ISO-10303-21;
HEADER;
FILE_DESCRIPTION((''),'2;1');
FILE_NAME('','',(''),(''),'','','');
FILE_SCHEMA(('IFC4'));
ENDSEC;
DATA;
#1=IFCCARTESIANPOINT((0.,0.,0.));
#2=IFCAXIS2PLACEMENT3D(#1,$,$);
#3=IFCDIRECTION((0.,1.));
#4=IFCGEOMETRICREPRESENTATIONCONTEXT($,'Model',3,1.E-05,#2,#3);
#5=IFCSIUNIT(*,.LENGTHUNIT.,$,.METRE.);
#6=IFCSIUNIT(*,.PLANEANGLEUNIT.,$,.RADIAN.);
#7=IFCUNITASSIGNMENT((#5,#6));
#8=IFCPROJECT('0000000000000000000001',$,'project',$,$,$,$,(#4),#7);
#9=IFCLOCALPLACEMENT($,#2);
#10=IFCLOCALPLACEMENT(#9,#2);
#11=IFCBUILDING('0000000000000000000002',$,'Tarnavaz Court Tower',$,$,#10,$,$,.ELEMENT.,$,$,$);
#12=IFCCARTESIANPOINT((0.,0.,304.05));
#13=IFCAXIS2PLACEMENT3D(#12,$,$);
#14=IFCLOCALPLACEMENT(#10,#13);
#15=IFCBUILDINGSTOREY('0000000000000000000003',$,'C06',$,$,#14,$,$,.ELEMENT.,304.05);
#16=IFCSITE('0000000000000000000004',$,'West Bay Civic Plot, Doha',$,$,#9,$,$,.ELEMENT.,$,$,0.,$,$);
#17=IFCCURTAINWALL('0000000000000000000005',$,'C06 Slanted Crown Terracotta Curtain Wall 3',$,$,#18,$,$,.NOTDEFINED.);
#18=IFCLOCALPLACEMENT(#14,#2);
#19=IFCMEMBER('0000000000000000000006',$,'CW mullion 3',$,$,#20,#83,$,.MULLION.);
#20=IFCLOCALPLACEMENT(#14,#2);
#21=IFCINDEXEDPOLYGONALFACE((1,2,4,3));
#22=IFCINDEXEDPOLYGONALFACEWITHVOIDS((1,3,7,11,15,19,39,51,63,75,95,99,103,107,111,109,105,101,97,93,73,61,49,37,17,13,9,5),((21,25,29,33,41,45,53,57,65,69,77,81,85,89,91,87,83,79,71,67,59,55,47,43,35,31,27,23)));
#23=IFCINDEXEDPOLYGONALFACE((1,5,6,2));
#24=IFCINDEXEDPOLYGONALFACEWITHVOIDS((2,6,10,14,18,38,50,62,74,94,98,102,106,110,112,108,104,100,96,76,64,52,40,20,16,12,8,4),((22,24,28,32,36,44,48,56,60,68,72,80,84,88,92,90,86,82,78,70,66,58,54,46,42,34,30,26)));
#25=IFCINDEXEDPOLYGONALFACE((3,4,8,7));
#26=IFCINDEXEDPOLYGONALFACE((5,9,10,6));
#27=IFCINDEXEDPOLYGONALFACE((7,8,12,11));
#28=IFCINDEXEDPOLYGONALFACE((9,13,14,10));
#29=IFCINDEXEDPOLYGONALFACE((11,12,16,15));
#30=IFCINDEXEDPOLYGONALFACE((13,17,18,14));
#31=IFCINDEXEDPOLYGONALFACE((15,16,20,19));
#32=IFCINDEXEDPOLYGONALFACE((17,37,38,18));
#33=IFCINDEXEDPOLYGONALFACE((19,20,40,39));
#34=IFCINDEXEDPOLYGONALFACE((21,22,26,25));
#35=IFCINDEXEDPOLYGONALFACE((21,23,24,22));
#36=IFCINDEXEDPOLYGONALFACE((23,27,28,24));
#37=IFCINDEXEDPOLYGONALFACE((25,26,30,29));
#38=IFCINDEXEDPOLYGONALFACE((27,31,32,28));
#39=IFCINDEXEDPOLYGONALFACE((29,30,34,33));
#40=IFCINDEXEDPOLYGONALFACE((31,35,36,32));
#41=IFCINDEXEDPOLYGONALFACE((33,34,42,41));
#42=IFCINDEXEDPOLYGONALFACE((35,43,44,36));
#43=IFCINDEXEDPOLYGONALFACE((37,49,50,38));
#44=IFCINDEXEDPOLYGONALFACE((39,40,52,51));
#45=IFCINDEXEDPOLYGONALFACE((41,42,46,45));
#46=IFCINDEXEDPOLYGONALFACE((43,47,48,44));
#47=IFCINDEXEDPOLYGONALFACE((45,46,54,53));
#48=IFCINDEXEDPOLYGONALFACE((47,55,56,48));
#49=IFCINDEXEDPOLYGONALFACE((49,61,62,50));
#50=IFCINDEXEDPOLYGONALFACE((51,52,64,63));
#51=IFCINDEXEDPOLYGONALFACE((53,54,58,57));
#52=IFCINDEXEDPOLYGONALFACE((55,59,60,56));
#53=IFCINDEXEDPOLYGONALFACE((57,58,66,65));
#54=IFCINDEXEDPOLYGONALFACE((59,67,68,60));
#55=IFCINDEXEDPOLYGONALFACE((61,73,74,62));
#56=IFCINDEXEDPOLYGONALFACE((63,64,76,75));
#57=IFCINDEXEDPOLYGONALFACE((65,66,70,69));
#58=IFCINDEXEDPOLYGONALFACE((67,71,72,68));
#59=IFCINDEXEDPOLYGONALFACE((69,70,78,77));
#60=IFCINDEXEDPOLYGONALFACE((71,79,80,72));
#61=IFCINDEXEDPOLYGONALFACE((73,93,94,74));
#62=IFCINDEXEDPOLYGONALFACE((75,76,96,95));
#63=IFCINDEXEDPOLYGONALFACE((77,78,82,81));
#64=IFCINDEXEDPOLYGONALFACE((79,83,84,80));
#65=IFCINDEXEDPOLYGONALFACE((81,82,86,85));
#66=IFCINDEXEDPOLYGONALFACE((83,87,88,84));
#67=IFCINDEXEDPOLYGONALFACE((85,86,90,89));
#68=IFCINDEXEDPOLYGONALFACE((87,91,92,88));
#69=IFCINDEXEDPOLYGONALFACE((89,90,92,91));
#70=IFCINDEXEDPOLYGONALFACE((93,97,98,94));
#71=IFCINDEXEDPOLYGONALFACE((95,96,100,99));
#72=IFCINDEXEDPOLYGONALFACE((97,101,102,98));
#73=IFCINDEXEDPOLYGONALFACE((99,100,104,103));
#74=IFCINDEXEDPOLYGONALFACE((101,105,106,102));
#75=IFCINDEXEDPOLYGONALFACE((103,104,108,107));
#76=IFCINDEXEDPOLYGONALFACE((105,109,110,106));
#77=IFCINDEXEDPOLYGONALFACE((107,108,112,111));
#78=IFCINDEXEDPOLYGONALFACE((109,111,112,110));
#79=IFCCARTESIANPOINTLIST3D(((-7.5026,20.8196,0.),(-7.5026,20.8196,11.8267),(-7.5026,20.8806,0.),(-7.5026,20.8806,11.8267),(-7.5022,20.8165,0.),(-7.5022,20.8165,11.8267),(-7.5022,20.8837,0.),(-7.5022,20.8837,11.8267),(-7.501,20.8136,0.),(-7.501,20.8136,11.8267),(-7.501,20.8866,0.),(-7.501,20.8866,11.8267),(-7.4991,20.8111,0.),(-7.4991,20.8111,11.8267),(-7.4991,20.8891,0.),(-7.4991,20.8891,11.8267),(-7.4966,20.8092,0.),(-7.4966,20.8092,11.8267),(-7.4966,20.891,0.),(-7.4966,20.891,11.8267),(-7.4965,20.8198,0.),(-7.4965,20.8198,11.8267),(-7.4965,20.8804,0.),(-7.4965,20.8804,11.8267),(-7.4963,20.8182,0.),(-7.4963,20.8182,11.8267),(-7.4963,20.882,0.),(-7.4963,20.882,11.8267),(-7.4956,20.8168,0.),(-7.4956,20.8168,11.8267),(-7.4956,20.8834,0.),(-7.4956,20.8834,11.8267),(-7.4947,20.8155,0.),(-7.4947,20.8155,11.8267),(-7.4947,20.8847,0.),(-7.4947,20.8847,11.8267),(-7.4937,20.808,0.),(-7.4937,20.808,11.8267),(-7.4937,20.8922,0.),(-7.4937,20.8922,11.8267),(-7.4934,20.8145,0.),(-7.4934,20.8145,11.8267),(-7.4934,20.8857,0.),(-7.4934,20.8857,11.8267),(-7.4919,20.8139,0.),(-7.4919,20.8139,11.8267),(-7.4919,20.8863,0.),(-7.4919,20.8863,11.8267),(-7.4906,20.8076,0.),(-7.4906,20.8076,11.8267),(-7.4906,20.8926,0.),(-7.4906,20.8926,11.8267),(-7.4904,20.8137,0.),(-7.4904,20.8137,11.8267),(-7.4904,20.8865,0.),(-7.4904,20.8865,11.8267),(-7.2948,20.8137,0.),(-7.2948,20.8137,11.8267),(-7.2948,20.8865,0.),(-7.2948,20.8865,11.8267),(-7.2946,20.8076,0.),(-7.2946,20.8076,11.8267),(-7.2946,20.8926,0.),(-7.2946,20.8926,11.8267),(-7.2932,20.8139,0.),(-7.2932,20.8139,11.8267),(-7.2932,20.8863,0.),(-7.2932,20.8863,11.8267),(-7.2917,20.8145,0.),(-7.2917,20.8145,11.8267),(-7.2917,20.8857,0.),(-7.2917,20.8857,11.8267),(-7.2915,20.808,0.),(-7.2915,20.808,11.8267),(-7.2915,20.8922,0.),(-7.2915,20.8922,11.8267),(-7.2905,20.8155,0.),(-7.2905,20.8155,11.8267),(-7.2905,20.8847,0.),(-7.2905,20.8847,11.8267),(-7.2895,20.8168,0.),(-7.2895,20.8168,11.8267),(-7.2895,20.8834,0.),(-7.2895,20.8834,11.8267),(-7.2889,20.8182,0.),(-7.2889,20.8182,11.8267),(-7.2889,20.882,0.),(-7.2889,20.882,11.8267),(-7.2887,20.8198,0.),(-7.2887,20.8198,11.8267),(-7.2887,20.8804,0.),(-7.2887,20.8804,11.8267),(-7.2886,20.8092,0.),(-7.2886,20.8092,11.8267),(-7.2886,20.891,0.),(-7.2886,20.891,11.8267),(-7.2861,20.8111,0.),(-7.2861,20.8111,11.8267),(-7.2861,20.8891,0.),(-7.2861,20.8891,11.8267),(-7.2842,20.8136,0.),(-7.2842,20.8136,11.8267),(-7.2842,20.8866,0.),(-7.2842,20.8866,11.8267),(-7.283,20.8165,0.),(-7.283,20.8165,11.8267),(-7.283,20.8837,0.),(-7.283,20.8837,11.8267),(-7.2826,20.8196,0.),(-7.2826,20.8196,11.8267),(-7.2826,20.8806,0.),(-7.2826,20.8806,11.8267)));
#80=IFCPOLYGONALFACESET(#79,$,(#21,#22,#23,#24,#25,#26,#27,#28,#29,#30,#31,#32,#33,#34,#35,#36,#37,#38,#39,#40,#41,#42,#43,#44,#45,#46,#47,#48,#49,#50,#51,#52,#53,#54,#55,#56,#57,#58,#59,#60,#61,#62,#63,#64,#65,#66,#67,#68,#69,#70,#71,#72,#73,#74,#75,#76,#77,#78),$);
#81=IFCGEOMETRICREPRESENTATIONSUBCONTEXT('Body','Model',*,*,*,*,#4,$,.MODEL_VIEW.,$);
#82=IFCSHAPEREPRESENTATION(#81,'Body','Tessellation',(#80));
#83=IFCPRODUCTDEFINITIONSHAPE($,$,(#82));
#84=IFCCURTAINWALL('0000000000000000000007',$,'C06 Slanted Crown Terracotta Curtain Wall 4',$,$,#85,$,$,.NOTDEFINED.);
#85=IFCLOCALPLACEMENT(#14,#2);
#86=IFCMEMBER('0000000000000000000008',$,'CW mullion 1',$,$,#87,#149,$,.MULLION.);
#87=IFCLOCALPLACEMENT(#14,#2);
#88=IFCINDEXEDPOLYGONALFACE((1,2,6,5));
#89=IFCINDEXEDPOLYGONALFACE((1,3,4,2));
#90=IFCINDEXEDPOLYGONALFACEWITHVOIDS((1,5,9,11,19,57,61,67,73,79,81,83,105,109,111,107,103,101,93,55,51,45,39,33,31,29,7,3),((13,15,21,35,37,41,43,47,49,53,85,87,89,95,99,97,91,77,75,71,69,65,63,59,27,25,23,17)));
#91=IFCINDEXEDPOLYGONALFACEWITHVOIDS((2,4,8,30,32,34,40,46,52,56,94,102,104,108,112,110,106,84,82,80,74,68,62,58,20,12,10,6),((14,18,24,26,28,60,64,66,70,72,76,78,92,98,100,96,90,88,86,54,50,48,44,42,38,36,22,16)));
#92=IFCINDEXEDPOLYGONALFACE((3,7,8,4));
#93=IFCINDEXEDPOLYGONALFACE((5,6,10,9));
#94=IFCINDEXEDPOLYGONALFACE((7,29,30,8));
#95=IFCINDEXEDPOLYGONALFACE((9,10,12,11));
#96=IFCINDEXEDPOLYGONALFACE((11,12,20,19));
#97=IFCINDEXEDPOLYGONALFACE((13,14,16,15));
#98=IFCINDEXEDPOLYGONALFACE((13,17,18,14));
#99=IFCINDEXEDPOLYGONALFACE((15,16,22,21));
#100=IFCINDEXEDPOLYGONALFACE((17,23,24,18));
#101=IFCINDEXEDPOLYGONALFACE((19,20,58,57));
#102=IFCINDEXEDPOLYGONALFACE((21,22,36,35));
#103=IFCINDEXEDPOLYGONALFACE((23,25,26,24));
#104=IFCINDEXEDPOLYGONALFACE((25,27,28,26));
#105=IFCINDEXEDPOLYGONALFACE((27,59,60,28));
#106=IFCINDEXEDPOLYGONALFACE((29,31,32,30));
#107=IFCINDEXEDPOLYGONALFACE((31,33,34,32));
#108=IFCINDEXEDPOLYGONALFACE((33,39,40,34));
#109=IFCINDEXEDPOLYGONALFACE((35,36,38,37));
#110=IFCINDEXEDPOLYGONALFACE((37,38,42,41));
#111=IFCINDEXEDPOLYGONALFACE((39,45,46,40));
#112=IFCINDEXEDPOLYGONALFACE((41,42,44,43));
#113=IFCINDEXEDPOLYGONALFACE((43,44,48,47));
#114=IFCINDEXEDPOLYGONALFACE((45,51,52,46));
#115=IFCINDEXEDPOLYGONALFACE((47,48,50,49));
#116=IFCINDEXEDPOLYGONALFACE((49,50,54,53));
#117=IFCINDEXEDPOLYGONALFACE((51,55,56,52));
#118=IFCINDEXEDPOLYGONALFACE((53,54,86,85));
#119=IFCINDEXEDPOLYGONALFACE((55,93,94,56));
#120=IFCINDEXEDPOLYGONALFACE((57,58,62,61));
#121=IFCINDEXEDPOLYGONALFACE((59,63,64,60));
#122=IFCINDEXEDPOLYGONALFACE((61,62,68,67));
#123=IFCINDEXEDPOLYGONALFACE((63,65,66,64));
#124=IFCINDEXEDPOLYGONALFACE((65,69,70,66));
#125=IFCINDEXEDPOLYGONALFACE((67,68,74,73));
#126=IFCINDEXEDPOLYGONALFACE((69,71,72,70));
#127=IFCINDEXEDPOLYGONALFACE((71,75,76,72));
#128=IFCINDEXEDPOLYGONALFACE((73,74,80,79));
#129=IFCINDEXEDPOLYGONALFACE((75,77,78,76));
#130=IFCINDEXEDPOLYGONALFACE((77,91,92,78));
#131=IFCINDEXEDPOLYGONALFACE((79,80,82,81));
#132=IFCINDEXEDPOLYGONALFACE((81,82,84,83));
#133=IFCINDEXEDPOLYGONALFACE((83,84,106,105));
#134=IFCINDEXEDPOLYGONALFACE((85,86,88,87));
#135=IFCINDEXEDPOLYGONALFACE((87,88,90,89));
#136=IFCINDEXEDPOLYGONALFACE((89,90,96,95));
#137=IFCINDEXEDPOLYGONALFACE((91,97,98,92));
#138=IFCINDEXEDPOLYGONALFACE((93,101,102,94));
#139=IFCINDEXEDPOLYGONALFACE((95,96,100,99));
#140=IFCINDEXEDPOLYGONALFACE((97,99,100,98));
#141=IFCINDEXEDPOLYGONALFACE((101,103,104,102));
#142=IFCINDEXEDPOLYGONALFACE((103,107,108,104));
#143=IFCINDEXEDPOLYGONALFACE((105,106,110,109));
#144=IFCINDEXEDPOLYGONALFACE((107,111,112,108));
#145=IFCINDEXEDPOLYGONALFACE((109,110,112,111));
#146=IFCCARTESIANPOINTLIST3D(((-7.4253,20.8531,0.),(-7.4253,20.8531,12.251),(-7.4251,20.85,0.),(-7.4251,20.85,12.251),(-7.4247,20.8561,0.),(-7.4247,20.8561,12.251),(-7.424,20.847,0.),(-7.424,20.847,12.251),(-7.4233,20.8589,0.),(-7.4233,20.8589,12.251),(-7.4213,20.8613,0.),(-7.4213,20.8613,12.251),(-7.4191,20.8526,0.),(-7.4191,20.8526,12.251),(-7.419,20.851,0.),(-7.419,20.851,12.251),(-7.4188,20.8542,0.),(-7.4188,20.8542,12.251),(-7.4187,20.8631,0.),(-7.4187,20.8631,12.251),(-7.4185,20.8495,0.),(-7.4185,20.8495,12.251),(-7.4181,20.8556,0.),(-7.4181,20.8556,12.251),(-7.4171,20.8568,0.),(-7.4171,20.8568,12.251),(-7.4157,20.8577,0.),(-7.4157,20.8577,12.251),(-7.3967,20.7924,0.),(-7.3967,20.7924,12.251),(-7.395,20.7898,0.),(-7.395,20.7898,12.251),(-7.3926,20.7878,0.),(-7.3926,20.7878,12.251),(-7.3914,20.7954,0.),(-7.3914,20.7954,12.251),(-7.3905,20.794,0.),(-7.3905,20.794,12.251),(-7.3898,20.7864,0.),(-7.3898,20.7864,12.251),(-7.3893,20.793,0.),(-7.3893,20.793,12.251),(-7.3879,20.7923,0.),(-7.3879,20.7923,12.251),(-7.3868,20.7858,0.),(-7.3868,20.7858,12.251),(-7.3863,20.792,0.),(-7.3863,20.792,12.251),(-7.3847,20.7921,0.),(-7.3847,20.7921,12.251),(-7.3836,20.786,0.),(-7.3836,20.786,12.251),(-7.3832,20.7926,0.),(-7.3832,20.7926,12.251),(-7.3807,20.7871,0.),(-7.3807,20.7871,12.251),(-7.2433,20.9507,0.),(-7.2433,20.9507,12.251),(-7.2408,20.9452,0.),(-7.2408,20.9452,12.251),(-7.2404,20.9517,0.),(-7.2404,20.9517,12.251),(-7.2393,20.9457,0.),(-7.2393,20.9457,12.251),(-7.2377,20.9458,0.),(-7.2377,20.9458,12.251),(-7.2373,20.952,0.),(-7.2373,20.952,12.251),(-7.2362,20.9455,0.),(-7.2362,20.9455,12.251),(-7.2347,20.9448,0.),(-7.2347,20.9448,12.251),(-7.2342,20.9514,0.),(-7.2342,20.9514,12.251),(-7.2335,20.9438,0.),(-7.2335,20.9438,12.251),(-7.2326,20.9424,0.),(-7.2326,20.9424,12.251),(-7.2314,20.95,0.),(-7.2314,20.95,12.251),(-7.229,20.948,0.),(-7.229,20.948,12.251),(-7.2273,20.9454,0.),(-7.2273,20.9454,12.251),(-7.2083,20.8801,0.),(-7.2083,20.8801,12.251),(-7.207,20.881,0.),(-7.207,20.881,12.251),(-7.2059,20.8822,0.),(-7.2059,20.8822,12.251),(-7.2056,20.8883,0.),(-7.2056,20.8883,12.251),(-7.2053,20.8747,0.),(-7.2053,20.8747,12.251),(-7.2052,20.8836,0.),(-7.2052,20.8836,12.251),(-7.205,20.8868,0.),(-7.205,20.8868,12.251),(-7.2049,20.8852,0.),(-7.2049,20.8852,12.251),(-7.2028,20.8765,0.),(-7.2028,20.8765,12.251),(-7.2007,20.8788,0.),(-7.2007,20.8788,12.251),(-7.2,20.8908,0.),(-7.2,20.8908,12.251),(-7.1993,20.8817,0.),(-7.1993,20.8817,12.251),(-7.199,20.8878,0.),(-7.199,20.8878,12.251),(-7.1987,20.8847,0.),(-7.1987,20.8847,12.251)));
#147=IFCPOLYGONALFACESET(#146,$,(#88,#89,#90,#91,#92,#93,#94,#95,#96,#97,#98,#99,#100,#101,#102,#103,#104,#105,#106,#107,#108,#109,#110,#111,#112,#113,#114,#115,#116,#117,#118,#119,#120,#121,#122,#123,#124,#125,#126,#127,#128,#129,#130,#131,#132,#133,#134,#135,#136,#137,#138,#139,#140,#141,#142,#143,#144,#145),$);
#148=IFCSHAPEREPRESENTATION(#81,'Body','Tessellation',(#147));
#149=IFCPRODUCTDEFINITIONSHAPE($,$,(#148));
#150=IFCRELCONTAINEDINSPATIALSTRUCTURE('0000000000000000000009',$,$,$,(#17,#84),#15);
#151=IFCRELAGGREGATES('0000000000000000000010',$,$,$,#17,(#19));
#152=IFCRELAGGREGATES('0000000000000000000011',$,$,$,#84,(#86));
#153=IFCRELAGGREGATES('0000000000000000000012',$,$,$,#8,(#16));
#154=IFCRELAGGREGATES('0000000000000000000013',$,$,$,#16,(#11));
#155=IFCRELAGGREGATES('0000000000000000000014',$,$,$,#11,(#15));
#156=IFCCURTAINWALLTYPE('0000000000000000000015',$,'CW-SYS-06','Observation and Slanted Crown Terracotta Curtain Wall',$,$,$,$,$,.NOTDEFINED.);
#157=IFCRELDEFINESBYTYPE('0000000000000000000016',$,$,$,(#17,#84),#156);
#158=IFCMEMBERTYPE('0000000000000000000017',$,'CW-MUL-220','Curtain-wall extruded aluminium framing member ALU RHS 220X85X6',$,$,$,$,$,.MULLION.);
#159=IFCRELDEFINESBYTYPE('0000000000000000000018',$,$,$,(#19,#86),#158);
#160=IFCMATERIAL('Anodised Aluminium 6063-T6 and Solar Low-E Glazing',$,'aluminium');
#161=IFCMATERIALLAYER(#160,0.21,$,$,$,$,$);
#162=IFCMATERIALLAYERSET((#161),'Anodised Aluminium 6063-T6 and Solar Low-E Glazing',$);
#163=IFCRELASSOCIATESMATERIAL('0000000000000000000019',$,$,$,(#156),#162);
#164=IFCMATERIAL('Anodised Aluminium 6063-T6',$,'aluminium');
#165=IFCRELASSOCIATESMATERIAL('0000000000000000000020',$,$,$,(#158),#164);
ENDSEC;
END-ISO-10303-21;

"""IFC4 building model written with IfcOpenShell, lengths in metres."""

from ifc_helpers import new_model, si_unit, direction, frame, origin, origin_2d, place, context, subcontext, project, spatial, hollow_rectangle, extrude, material, layer, layer_set, material_profile, profile_set, type_object, element, aggregate, save


model = new_model("IFC4")

# Units and contexts
model_context = context("Model", 3, precision=1e-05, world=origin(), true_north=direction((0.0, 1.0)))
body_context = subcontext(model_context, "Body", "Model", "MODEL_VIEW")
ifc_project = project(units=[si_unit("LENGTHUNIT", "METRE"), si_unit("PLANEANGLEUNIT", "RADIAN")], contexts=[model_context])

# Site, building, storey
site_placement = place(None, origin())
site = spatial("IfcSite", under=ifc_project, at=site_placement, Name="West Bay Civic Plot, Doha", CompositionType="ELEMENT", RefElevation=0.0)
building_placement = place(site_placement, origin())
building = spatial("IfcBuilding", under=site, at=building_placement, Name="Tarnavaz Court Tower", CompositionType="ELEMENT")
storey_placement = place(building_placement, frame((0.0, 0.0, 304.05)))
storey = spatial("IfcBuildingStorey", under=building, at=storey_placement, Name="C06", CompositionType="ELEMENT", Elevation=304.05)

# Curtain walls, members
ifc_material_1 = material(Name="Anodised Aluminium 6063-T6 and Solar Low-E Glazing", Category="aluminium")
ifc_layer_1 = layer(ifc_material_1, 0.21)
ifc_layer_set_1 = layer_set([ifc_layer_1], Name="Anodised Aluminium 6063-T6 and Solar Low-E Glazing")
curtain_wall_type = type_object("IfcCurtainWallType", Name="CW-SYS-06", Description="Observation and Slanted Crown Terracotta Curtain Wall", PredefinedType="NOTDEFINED", material=ifc_layer_set_1)
ifc_material_2 = material(Name="Anodised Aluminium 6063-T6", Category="aluminium")
ifc_material_profile_1 = material_profile(ifc_material_2, hollow_rectangle(XDim=0.085, YDim=0.22, WallThickness=0.0061, InnerFilletRadius=0.0061, OuterFilletRadius=0.012, at=origin_2d()), Name="ALU RHS 220X85X6")
ifc_profile_set_1 = profile_set([ifc_material_profile_1], Name="Anodised Aluminium 6063-T6")
member_type_1 = type_object("IfcMemberType", Name="CW-MUL-220", Description="Curtain-wall extruded aluminium framing member ALU RHS 220X85X6", PredefinedType="MULLION", material=ifc_profile_set_1)
curtain_wall_1_placement = place(storey_placement, origin())
curtain_wall_1 = element("IfcCurtainWall", 1, at=curtain_wall_1_placement, inside=storey, type_object=curtain_wall_type, Name="C06 Slanted Crown Terracotta Curtain Wall 3", PredefinedType="NOTDEFINED")
member_1_placement = place(storey_placement, frame((-7.3926, 20.8501, 0.0), z_axis=(0.0, 0.0, 1.0), x_axis=(0.0, 1.0, 0.0)))
member_1 = element("IfcMember", 2, at=member_1_placement, type_object=member_type_1, Name="CW mullion 3", PredefinedType="MULLION", context=body_context, shape_type="SweptSolid", body=[
    extrude(hollow_rectangle(XDim=0.085, YDim=0.22, WallThickness=0.0061, InnerFilletRadius=0.0061, OuterFilletRadius=0.012, at=origin_2d()), origin(), (0.0, 0.0, 1.0), 11.8267),
])
curtain_wall_2_placement = place(storey_placement, origin())
curtain_wall_2 = element("IfcCurtainWall", 3, at=curtain_wall_2_placement, inside=storey, type_object=curtain_wall_type, Name="C06 Slanted Crown Terracotta Curtain Wall 4", PredefinedType="NOTDEFINED")
member_2_placement = place(storey_placement, frame((-7.312, 20.8689, 0.0), z_axis=(0.0, 0.0, 1.0), x_axis=(-0.447214, 0.894427, 0.0)))
member_2 = element("IfcMember", 4, at=member_2_placement, type_object=member_type_1, Name="CW mullion 1", PredefinedType="MULLION", context=body_context, shape_type="SweptSolid", body=[
    extrude(hollow_rectangle(XDim=0.085, YDim=0.22, WallThickness=0.0061, InnerFilletRadius=0.0061, OuterFilletRadius=0.012, at=origin_2d()), origin(), (0.0, 0.0, 1.0), 12.251),
])

aggregate(curtain_wall_1, [member_1])
aggregate(curtain_wall_2, [member_2])

save(model, "model.ifc")
